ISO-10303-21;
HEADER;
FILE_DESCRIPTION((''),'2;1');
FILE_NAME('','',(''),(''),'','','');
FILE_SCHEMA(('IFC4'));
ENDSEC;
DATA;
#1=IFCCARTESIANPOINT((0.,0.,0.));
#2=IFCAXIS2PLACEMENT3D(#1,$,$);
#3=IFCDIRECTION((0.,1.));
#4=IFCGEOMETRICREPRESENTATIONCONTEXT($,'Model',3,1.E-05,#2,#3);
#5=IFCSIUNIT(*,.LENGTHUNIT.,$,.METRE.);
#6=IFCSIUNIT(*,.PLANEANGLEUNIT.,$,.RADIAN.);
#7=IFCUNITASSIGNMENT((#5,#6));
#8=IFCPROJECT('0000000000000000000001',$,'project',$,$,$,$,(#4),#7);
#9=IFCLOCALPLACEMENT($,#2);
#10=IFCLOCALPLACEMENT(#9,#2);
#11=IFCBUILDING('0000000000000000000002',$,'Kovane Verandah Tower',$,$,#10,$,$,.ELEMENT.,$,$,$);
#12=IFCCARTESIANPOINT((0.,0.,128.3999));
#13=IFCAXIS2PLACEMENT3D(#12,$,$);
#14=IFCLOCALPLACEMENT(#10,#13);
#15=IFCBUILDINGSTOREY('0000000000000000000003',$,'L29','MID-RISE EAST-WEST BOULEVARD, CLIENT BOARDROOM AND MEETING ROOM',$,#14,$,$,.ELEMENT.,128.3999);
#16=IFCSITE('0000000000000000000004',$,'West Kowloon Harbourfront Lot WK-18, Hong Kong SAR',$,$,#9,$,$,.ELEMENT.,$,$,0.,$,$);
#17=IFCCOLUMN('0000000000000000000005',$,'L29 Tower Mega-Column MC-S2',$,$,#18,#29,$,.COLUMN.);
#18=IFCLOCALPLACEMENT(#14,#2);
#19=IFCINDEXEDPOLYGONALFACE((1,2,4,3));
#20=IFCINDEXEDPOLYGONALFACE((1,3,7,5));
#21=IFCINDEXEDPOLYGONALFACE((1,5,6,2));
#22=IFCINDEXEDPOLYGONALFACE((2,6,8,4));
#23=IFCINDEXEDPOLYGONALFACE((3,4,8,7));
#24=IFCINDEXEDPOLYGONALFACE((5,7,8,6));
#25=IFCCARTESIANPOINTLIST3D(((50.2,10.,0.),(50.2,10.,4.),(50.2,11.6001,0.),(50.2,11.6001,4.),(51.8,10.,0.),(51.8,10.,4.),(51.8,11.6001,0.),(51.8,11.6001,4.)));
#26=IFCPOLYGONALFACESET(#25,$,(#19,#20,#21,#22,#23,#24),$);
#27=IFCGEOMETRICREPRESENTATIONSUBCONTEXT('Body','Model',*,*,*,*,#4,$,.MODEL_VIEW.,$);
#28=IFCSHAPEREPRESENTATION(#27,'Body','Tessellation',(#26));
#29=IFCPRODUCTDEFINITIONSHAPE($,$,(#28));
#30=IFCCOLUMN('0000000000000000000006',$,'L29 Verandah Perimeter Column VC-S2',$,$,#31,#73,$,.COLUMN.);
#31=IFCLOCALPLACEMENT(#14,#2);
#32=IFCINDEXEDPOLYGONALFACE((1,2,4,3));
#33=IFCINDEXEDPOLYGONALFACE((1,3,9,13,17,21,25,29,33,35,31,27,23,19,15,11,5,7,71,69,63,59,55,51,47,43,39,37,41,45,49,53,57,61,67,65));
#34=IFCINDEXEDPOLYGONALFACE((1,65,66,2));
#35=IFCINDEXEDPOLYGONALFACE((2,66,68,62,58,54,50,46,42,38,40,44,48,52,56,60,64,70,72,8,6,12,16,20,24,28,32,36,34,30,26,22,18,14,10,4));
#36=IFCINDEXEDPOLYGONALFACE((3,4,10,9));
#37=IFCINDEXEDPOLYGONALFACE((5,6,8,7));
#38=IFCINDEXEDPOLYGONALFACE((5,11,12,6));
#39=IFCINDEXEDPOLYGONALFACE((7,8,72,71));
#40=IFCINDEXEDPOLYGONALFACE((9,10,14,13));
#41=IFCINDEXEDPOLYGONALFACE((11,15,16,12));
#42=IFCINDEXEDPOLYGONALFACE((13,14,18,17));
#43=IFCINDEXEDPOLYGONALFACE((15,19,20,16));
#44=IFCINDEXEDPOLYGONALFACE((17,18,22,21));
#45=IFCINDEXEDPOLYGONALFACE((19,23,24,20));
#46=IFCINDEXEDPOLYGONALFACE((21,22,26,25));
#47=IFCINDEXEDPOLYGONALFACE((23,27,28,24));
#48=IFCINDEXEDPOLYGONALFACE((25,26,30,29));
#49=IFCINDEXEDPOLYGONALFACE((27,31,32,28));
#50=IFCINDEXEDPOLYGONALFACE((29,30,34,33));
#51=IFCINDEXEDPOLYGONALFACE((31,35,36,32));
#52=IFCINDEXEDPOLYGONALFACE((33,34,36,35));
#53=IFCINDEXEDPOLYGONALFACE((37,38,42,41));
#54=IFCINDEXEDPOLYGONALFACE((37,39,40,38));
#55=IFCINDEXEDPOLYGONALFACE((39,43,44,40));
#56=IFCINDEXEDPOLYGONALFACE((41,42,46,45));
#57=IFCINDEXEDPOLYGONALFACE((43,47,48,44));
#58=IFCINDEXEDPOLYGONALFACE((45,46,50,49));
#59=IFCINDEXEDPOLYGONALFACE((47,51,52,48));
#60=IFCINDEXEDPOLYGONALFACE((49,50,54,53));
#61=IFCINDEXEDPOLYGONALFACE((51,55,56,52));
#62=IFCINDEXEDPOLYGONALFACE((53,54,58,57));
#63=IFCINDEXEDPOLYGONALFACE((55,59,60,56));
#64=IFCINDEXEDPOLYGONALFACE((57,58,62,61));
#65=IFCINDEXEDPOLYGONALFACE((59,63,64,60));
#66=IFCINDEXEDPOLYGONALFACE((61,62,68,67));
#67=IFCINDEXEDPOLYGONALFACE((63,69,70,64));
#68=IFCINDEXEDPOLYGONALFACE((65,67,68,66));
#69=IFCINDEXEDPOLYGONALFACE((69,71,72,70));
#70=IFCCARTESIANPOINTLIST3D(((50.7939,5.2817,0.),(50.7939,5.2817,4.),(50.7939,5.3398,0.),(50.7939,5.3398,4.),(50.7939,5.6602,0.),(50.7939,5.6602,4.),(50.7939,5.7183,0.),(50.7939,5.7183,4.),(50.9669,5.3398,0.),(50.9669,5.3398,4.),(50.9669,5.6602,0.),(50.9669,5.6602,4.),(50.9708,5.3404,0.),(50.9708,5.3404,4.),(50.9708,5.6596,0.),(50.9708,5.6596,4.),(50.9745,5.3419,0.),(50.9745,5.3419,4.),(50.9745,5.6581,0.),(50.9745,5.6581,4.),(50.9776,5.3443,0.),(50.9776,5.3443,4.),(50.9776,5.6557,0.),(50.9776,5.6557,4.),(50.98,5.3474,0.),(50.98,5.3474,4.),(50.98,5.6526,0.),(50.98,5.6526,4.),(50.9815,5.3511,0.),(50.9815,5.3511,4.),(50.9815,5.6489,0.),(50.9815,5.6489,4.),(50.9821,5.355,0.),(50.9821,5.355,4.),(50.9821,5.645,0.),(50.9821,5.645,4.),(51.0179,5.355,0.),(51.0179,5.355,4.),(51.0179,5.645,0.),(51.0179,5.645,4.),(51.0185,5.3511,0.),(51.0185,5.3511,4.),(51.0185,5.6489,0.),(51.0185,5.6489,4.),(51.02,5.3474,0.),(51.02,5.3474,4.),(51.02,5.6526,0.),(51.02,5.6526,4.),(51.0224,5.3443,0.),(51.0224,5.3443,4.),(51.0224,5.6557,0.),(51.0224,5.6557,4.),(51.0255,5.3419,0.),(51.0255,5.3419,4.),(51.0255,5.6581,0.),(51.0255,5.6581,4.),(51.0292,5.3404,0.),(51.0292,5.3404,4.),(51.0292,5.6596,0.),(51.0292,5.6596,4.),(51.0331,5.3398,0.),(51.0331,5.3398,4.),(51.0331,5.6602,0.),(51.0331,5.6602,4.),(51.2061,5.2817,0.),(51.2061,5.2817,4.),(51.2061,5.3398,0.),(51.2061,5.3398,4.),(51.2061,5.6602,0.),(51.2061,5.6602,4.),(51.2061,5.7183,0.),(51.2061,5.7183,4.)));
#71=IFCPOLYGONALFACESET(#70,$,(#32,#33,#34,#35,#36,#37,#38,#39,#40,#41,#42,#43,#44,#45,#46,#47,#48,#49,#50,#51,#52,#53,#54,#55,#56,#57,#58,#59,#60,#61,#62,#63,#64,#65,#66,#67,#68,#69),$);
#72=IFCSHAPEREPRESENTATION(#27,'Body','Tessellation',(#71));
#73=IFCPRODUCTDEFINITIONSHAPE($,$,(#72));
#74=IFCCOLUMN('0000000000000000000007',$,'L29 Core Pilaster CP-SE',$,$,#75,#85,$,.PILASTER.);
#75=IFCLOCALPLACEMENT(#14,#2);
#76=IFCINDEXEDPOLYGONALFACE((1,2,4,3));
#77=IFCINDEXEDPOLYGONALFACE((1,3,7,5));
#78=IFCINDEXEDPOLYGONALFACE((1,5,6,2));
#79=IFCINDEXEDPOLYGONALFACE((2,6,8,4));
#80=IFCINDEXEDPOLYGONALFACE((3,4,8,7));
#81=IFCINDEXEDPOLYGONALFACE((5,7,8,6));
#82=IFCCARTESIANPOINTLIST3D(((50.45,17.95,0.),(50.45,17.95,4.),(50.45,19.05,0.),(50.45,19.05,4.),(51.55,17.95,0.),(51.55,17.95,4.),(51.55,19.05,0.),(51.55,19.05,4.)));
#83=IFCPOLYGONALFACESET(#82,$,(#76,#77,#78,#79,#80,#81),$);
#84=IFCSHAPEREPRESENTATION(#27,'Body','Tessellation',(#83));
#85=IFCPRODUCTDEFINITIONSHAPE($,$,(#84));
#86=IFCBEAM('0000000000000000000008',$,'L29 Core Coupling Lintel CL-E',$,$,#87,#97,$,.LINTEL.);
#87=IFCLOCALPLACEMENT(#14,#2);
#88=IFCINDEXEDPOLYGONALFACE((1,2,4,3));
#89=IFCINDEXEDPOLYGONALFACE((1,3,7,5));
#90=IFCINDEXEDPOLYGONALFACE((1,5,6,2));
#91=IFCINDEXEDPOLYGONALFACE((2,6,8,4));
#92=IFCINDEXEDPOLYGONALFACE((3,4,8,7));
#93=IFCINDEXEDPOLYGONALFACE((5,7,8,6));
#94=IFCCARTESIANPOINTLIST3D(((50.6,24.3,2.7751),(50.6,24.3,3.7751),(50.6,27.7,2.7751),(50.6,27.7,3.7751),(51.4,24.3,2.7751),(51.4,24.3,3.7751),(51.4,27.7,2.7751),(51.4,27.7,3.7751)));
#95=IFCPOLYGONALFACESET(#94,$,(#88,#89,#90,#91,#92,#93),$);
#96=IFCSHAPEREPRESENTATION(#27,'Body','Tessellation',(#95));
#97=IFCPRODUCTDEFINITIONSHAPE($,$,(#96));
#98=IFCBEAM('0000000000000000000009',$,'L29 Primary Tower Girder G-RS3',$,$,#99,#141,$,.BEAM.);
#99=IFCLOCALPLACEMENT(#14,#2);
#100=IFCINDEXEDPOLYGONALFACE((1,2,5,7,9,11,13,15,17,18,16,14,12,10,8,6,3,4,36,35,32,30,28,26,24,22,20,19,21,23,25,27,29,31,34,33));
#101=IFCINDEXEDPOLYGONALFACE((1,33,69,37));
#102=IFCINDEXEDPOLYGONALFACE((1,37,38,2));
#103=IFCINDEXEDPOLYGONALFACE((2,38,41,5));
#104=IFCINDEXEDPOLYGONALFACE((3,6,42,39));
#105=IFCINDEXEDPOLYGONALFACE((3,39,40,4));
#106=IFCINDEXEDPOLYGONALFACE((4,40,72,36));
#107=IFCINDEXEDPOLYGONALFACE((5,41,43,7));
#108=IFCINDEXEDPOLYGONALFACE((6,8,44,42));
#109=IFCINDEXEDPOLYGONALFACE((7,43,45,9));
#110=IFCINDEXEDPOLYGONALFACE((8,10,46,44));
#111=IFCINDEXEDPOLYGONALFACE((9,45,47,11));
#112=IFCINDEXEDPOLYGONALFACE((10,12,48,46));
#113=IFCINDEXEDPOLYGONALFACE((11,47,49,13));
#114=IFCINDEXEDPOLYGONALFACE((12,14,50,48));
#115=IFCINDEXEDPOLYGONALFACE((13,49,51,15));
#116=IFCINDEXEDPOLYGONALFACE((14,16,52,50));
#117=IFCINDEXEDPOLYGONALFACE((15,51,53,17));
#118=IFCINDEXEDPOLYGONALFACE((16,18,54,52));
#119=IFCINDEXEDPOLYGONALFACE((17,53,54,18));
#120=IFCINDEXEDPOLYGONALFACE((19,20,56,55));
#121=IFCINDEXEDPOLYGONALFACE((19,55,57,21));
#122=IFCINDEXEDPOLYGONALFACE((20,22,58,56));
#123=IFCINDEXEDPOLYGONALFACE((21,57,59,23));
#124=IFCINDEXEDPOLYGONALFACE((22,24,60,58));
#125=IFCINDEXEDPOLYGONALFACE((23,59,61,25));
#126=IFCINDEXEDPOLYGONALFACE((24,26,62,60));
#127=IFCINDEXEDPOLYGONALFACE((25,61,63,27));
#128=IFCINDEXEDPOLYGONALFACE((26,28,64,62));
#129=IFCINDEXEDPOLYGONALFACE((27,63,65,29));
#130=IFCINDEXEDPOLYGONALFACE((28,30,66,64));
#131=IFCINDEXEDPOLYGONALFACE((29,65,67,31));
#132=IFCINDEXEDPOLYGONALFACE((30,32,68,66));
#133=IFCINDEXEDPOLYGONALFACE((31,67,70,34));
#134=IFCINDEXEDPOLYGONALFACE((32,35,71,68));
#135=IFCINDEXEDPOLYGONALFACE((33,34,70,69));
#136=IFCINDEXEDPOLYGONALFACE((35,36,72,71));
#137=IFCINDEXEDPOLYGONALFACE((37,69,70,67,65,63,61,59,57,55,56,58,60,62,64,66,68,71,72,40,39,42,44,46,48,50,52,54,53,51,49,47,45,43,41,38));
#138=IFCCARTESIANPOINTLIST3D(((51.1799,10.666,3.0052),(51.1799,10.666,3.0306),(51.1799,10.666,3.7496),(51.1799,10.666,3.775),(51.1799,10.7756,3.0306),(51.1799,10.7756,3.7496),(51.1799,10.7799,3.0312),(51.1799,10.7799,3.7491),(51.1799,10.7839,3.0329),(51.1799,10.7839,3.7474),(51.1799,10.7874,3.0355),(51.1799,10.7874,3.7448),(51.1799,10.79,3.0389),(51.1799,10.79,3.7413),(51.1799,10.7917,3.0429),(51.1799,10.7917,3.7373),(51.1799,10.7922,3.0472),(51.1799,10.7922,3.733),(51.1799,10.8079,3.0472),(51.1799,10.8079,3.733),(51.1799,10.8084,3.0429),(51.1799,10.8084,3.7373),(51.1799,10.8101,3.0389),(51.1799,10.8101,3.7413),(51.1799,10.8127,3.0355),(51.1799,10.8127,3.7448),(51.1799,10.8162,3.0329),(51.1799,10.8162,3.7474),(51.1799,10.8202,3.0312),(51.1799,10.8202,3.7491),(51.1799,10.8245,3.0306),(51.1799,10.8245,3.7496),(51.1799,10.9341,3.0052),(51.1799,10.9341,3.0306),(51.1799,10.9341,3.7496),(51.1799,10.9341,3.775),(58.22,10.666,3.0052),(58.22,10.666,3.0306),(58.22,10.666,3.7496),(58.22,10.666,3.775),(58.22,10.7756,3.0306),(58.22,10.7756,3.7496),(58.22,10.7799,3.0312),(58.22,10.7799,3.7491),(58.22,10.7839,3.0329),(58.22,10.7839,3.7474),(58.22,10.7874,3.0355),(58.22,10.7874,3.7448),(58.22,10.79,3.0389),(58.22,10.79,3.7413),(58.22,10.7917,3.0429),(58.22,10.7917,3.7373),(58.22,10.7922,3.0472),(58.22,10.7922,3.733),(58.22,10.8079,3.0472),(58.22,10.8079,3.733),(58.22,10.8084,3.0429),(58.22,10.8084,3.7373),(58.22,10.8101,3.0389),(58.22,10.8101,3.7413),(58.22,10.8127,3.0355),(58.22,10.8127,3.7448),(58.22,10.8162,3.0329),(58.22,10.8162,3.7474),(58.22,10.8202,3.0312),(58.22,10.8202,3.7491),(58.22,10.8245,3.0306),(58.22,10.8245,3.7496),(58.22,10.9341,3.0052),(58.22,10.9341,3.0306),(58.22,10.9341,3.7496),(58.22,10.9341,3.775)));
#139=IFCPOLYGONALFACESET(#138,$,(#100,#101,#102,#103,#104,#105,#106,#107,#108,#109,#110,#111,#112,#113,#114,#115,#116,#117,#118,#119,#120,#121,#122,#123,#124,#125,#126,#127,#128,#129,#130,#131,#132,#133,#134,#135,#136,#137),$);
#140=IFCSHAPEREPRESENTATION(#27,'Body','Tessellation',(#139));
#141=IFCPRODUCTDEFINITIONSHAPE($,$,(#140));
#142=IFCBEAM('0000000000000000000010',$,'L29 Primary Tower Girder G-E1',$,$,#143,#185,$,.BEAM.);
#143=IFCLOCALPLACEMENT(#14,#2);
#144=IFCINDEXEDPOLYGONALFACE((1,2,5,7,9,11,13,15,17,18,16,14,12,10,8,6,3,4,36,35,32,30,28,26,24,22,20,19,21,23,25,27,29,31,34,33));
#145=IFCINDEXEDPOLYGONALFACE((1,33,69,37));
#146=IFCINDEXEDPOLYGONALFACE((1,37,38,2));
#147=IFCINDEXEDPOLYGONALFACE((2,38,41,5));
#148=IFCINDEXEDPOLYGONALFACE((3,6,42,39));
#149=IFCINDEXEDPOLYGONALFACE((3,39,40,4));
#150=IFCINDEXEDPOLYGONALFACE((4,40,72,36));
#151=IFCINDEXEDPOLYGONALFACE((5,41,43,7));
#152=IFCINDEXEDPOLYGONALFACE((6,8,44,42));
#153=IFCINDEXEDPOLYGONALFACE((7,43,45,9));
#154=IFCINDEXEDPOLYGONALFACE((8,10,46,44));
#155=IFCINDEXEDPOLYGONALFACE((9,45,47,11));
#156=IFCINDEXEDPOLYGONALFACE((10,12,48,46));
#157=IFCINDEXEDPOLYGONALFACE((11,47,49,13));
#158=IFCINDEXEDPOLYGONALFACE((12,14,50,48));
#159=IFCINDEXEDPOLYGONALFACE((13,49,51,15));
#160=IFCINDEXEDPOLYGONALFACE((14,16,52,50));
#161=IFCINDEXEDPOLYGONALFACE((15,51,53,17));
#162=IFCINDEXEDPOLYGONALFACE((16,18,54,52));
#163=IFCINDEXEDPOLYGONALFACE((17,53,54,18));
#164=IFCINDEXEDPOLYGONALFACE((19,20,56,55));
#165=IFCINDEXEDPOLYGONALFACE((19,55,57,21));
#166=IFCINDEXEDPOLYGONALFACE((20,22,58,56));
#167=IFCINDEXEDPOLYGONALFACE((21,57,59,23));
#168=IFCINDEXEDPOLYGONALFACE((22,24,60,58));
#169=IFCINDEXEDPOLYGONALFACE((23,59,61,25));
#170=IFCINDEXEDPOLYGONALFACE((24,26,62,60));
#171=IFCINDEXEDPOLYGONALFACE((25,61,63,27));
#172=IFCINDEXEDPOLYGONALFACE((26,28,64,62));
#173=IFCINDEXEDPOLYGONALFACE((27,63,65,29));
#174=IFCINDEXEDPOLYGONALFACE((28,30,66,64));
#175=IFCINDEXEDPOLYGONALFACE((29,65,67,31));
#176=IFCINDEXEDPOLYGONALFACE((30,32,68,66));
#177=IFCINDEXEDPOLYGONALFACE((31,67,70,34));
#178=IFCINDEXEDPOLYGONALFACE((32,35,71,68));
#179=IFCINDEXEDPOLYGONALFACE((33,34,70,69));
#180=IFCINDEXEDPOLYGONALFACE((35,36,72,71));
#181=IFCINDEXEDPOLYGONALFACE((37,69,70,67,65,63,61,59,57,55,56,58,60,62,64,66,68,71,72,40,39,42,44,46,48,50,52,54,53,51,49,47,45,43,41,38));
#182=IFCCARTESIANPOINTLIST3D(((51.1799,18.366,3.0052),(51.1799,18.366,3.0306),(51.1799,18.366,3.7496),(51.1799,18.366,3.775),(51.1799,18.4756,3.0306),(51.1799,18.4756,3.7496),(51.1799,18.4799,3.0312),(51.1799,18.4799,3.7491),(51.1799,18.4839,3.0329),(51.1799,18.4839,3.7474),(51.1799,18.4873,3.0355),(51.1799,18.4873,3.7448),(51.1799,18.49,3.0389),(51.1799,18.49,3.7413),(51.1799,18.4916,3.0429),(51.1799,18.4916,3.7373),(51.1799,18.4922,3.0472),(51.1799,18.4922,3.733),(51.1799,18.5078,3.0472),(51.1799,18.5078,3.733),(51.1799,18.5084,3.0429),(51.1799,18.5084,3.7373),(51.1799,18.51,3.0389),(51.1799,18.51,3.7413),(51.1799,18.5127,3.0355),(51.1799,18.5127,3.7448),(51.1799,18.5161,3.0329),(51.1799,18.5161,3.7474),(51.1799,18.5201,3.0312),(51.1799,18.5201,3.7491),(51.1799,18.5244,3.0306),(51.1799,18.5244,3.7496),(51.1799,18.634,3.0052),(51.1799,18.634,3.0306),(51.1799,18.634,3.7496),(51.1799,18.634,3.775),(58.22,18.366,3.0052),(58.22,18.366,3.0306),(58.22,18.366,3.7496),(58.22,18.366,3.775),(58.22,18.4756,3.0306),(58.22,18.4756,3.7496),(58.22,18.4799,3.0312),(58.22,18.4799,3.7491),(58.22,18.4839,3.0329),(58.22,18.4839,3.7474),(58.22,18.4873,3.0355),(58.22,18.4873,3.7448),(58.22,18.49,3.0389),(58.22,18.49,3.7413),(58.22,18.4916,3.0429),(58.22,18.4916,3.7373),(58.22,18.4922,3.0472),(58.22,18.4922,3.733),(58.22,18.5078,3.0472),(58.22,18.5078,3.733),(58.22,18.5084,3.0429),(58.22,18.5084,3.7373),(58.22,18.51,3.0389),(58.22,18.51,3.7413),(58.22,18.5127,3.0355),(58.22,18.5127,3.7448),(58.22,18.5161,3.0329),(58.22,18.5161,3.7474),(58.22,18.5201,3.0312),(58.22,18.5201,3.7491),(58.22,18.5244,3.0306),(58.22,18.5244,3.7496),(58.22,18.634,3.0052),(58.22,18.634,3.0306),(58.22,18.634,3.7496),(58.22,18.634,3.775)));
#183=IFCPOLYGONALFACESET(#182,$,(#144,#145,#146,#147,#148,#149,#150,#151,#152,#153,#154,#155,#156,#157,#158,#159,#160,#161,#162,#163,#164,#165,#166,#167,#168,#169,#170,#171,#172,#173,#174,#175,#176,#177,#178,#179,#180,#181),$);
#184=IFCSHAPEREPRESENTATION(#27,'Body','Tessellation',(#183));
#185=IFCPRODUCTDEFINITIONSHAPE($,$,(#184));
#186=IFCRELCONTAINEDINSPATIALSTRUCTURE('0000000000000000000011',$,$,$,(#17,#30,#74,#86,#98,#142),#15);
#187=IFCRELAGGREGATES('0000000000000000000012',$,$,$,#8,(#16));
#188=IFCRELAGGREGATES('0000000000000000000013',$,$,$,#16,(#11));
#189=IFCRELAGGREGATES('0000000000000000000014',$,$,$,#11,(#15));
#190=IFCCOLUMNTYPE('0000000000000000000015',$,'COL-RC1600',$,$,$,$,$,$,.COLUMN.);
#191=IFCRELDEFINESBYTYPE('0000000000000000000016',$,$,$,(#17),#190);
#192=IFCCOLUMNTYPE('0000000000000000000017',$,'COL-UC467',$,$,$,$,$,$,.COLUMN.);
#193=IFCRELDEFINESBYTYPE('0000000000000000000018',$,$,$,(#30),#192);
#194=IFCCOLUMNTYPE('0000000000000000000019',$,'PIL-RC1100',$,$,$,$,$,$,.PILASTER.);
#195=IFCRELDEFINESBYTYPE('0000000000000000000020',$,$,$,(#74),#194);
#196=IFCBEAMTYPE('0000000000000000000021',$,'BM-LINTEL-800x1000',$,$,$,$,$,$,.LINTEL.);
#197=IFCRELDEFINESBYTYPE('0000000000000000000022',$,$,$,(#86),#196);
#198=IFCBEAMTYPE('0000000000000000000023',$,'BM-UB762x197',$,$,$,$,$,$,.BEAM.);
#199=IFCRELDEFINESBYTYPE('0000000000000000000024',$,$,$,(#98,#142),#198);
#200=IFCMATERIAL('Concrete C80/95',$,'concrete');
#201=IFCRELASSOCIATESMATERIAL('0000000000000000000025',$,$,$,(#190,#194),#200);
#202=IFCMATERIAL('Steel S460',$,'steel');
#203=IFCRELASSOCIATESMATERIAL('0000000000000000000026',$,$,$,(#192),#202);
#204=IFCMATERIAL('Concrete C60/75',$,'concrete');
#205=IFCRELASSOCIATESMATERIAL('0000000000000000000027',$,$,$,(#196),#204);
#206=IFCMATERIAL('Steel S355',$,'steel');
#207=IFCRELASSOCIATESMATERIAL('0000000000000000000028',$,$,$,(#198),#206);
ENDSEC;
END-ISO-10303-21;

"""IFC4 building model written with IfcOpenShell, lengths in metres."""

from ifc_helpers import new_model, si_unit, direction, frame, origin, origin_2d, place, context, subcontext, project, spatial, rectangle, i_section, extrude, material, material_profile, profile_set, type_object, element, save


model = new_model("IFC4")

# Units and contexts
model_context = context("Model", 3, precision=1e-05, world=origin(), true_north=direction((0.0, 1.0)))
body_context = subcontext(model_context, "Body", "Model", "MODEL_VIEW")
ifc_project = project(units=[si_unit("LENGTHUNIT", "METRE"), si_unit("PLANEANGLEUNIT", "RADIAN")], contexts=[model_context])

# Site, building, storey
site_placement = place(None, origin())
site = spatial("IfcSite", under=ifc_project, at=site_placement, Name="West Kowloon Harbourfront Lot WK-18, Hong Kong SAR", CompositionType="ELEMENT", RefElevation=0.0)
building_placement = place(site_placement, origin())
building = spatial("IfcBuilding", under=site, at=building_placement, Name="Kovane Verandah Tower", CompositionType="ELEMENT")
storey_placement = place(building_placement, frame((0.0, 0.0, 128.3999)))
storey = spatial("IfcBuildingStorey", under=building, at=storey_placement, Name="L29", Description="MID-RISE EAST-WEST BOULEVARD, CLIENT BOARDROOM AND MEETING ROOM", CompositionType="ELEMENT", Elevation=128.3999)

# Columns
ifc_material_1 = material(Name="Concrete C80/95", Category="concrete")
ifc_material_profile_1 = material_profile(ifc_material_1, rectangle(XDim=1.6001, YDim=1.6001, at=origin_2d()), Name="RC1600x1600")
ifc_profile_set_1 = profile_set([ifc_material_profile_1], Name="Concrete C80/95")
column_type_1 = type_object("IfcColumnType", Name="COL-RC1600", PredefinedType="COLUMN", material=ifc_profile_set_1)
column_1_placement = place(storey_placement, frame((51.0, 10.8, 0.0), z_axis=(0.0, 0.0, 1.0), x_axis=(1.0, 0.0, 0.0)))
element("IfcColumn", 1, at=column_1_placement, inside=storey, type_object=column_type_1, Name="L29 Tower Mega-Column MC-S2", PredefinedType="COLUMN", context=body_context, shape_type="SweptSolid", body=[
    extrude(rectangle(XDim=1.6001, YDim=1.6001, at=origin_2d()), origin(), (0.0, 0.0, 1.0), 4.0),
])
ifc_material_2 = material(Name="Steel S460", Category="steel")
ifc_material_profile_2 = material_profile(ifc_material_2, i_section(OverallWidth=0.4121, OverallDepth=0.4365, WebThickness=0.0359, FlangeThickness=0.0581, FilletRadius=0.0151, at=origin_2d()), Name="UC356x406x467")
ifc_profile_set_2 = profile_set([ifc_material_profile_2], Name="Steel S460")
column_type_2 = type_object("IfcColumnType", Name="COL-UC467", PredefinedType="COLUMN", material=ifc_profile_set_2)
column_2_placement = place(storey_placement, frame((51.0, 5.5, 0.0), z_axis=(0.0, 0.0, 1.0), x_axis=(1.0, 0.0, 0.0)))
element("IfcColumn", 2, at=column_2_placement, inside=storey, type_object=column_type_2, Name="L29 Verandah Perimeter Column VC-S2", PredefinedType="COLUMN", context=body_context, shape_type="SweptSolid", body=[
    extrude(i_section(OverallWidth=0.4121, OverallDepth=0.4365, WebThickness=0.0359, FlangeThickness=0.0581, FilletRadius=0.0151, at=origin_2d()), origin(), (0.0, 0.0, 1.0), 4.0),
])
ifc_material_profile_3 = material_profile(ifc_material_1, rectangle(XDim=1.1001, YDim=1.1001, at=origin_2d()), Name="RC1100x1100")
ifc_profile_set_3 = profile_set([ifc_material_profile_3], Name="Concrete C80/95")
column_type_3 = type_object("IfcColumnType", Name="PIL-RC1100", PredefinedType="PILASTER", material=ifc_profile_set_3)
column_3_placement = place(storey_placement, frame((51.0, 18.5, 0.0), z_axis=(0.0, 0.0, 1.0), x_axis=(1.0, 0.0, 0.0)))
element("IfcColumn", 3, at=column_3_placement, inside=storey, type_object=column_type_3, Name="L29 Core Pilaster CP-SE", PredefinedType="PILASTER", context=body_context, shape_type="SweptSolid", body=[
    extrude(rectangle(XDim=1.1001, YDim=1.1001, at=origin_2d()), origin(), (0.0, 0.0, 1.0), 4.0),
])

# Beams
ifc_material_3 = material(Name="Concrete C60/75", Category="concrete")
ifc_material_profile_4 = material_profile(ifc_material_3, rectangle(XDim=0.8, YDim=1.0, at=origin_2d()), Name="RCB800x1000")
ifc_profile_set_4 = profile_set([ifc_material_profile_4], Name="Concrete C60/75")
beam_type_1 = type_object("IfcBeamType", Name="BM-LINTEL-800x1000", PredefinedType="LINTEL", material=ifc_profile_set_4)
beam_1_placement = place(storey_placement, frame((51.0, 24.3, 3.2751), z_axis=(0.0, 1.0, 0.0), x_axis=(-1.0, 0.0, 0.0)))
element("IfcBeam", 4, at=beam_1_placement, inside=storey, type_object=beam_type_1, Name="L29 Core Coupling Lintel CL-E", PredefinedType="LINTEL", context=body_context, shape_type="SweptSolid", body=[
    extrude(rectangle(XDim=0.8, YDim=1.0, at=origin_2d()), origin(), (0.0, 0.0, 1.0), 3.3999),
])
ifc_material_4 = material(Name="Steel S355", Category="steel")
ifc_material_profile_5 = material_profile(ifc_material_4, i_section(OverallWidth=0.2681, OverallDepth=0.7698, WebThickness=0.0156, FlangeThickness=0.0254, FilletRadius=0.0166, at=origin_2d()), Name="UB762x267x197")
ifc_profile_set_5 = profile_set([ifc_material_profile_5], Name="Steel S355")
beam_type_2 = type_object("IfcBeamType", Name="BM-UB762x197", PredefinedType="BEAM", material=ifc_profile_set_5)
for number, where, z_axis, x_axis, name in (
    (5, (51.1799, 10.8, 3.3901), (1.0, 0.0, 0.0), (0.0, 1.0, 0.0), "L29 Primary Tower Girder G-RS3"),
    (6, (51.1799, 18.5, 3.3901), (1.0, 0.0, 0.0), (0.0, 1.0, 0.0), "L29 Primary Tower Girder G-E1"),
):
    element("IfcBeam", number, at=place(storey_placement, frame(where, z_axis=z_axis, x_axis=x_axis)), inside=storey, type_object=beam_type_2, Name=name, PredefinedType="BEAM", context=body_context, shape_type="SweptSolid", body=[
        extrude(i_section(OverallWidth=0.2681, OverallDepth=0.7698, WebThickness=0.0156, FlangeThickness=0.0254, FilletRadius=0.0166, at=origin_2d()), origin(), (0.0, 0.0, 1.0), 7.04),
    ])

save(model, "model.ifc")
